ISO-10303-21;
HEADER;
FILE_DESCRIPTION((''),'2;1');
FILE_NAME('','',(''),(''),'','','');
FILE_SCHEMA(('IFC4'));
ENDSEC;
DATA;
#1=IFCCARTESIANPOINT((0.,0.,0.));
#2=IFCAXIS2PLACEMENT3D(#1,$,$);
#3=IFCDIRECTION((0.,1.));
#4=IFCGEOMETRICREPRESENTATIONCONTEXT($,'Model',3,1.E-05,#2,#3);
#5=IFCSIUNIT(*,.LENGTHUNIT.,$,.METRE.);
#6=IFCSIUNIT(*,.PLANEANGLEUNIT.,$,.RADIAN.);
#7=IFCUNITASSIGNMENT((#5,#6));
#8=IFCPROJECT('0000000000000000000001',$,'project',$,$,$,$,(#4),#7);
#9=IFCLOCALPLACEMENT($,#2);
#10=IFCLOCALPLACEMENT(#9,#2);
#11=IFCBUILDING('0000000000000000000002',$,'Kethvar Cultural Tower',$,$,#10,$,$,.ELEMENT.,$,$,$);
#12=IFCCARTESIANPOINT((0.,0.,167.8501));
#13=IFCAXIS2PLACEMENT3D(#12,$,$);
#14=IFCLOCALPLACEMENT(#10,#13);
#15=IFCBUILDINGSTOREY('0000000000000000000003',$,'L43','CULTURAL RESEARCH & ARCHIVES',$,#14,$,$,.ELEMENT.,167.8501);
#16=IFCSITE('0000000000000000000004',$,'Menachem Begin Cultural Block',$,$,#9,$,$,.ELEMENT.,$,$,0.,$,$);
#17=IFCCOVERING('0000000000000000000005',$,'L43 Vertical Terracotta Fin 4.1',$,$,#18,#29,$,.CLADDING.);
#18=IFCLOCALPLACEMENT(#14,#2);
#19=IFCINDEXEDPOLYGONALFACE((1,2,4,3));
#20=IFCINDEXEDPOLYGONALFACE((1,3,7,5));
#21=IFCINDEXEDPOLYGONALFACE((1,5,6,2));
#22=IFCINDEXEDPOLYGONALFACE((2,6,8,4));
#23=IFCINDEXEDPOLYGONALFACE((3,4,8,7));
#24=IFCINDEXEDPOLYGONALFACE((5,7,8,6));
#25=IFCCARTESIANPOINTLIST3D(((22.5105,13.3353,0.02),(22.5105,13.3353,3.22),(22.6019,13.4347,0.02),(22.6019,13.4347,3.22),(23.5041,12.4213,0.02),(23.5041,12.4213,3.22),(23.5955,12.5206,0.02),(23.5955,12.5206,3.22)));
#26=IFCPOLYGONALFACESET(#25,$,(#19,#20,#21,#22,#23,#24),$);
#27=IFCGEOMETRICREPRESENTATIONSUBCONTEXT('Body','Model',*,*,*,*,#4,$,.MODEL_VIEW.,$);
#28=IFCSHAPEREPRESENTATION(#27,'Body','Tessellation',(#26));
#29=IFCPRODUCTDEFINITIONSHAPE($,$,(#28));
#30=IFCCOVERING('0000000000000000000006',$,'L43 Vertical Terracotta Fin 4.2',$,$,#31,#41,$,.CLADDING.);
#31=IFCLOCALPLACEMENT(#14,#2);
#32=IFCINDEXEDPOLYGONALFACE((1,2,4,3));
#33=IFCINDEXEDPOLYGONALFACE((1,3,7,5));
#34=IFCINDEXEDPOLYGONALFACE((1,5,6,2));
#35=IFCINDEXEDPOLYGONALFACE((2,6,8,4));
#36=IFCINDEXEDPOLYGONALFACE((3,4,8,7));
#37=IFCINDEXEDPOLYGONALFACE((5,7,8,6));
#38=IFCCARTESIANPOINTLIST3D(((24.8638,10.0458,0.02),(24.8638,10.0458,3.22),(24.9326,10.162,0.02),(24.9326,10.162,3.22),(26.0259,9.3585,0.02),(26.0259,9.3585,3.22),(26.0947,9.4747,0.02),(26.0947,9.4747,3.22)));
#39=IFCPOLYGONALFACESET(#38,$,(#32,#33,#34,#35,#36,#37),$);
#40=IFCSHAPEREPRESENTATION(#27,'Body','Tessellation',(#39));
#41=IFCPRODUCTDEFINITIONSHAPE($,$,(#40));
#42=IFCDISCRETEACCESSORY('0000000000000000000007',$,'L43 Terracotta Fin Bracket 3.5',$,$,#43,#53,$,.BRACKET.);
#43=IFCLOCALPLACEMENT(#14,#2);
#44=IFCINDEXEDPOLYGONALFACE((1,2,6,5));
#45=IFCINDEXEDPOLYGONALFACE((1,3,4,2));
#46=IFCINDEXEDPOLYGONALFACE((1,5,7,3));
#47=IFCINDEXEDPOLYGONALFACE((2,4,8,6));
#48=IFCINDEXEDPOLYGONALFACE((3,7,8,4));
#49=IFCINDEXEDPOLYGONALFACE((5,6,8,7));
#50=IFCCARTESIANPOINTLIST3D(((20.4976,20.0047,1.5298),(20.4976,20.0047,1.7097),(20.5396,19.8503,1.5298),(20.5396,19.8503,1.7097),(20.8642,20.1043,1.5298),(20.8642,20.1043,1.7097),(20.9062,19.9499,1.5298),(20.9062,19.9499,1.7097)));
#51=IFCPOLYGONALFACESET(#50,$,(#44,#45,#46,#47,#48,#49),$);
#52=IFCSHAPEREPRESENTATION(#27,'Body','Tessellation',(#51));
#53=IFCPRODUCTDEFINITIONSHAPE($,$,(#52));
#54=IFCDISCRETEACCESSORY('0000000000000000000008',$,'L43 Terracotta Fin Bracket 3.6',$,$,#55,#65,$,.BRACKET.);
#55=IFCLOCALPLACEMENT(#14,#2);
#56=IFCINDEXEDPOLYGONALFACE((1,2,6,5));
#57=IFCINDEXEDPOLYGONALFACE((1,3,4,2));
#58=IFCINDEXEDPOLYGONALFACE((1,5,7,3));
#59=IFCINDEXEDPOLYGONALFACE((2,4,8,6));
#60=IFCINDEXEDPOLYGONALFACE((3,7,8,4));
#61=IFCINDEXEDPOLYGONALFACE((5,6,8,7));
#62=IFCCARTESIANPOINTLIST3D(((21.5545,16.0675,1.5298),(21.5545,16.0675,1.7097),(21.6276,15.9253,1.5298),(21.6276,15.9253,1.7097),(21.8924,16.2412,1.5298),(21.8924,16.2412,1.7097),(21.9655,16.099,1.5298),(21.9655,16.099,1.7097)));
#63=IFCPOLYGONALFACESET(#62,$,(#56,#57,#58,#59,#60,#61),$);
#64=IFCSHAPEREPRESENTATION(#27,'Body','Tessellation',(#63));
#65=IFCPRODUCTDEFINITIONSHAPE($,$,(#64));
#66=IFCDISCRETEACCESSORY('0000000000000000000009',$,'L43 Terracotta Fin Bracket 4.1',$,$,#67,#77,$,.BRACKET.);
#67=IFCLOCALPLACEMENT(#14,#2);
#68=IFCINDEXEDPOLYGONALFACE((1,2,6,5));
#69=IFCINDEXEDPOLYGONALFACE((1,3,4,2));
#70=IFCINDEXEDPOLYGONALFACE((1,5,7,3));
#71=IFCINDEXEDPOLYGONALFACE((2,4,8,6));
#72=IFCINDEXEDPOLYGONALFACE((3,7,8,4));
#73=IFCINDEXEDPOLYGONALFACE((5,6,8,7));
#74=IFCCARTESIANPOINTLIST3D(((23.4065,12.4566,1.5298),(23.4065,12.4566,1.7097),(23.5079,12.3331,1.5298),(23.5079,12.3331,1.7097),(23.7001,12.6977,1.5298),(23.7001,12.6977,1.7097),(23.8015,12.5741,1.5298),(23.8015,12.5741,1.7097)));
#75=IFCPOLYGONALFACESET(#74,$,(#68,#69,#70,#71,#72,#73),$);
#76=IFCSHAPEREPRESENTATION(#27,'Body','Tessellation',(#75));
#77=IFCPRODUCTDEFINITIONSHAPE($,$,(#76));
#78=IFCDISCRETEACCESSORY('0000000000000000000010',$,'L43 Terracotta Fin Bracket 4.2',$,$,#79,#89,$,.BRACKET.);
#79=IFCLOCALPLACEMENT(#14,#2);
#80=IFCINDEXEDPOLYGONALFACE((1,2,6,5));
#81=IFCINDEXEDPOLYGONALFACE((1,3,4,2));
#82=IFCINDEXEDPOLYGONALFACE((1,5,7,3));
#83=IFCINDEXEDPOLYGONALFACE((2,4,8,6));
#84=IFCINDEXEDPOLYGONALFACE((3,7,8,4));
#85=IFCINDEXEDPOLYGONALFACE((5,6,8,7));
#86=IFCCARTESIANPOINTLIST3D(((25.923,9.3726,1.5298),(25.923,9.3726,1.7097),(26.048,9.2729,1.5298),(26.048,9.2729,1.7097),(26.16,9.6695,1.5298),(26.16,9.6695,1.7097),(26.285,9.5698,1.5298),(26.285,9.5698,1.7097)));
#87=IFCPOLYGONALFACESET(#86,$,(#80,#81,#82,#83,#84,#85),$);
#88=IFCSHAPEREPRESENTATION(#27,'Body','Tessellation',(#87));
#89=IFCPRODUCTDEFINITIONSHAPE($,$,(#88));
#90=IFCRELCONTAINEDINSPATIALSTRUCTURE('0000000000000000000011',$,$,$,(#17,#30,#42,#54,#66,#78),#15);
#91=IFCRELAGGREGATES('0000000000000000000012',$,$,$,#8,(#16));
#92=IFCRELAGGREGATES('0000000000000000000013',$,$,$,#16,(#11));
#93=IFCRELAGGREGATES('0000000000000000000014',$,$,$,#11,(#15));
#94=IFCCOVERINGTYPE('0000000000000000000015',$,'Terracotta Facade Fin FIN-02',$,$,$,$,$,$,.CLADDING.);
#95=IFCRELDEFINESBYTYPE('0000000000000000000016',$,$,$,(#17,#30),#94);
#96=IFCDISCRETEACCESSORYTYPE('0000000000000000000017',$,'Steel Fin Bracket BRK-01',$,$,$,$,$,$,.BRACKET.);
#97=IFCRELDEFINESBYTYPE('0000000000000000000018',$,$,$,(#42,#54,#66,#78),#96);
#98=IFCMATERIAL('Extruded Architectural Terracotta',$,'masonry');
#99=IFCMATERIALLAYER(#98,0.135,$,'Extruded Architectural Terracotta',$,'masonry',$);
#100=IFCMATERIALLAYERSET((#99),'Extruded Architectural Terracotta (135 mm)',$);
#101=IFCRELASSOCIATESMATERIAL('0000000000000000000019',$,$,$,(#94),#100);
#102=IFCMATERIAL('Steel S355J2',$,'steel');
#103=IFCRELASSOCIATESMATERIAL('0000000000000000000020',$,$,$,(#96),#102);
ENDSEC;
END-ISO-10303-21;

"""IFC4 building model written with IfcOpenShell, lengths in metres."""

from ifc_helpers import new_model, si_unit, direction, frame, origin, origin_2d, place, context, subcontext, project, spatial, rectangle, extrude, source, transform, mapped, material, layer, layer_set, type_object, element, save


model = new_model("IFC4")

# Units and contexts
model_context = context("Model", 3, precision=1e-05, world=origin(), true_north=direction((0.0, 1.0)))
body_context = subcontext(model_context, "Body", "Model", "MODEL_VIEW")
ifc_project = project(units=[si_unit("LENGTHUNIT", "METRE"), si_unit("PLANEANGLEUNIT", "RADIAN")], contexts=[model_context])

# Site, building, storey
site_placement = place(None, origin())
site = spatial("IfcSite", under=ifc_project, at=site_placement, Name="Menachem Begin Cultural Block", CompositionType="ELEMENT", RefElevation=0.0)
building_placement = place(site_placement, origin())
building = spatial("IfcBuilding", under=site, at=building_placement, Name="Kethvar Cultural Tower", CompositionType="ELEMENT")
storey_placement = place(building_placement, frame((0.0, 0.0, 167.8501)))
storey = spatial("IfcBuildingStorey", under=building, at=storey_placement, Name="L43", Description="CULTURAL RESEARCH & ARCHIVES", CompositionType="ELEMENT", Elevation=167.8501)

# Shared definitions
ifc_material_1 = material(Name="Steel S355J2", Category="steel")

# Coverings
ifc_material_2 = material(Name="Extruded Architectural Terracotta", Category="masonry")
ifc_layer_1 = layer(ifc_material_2, 0.135, Name="Extruded Architectural Terracotta", Category="masonry")
ifc_layer_set_1 = layer_set([ifc_layer_1], Name="Extruded Architectural Terracotta (135 mm)")
covering_type = type_object("IfcCoveringType", Name="Terracotta Facade Fin FIN-02", PredefinedType="CLADDING", material=ifc_layer_set_1)
shared_shape_1 = source(origin(), body_context, "Body", "SweptSolid", [
    extrude(rectangle(XDim=1.3501, YDim=0.135, at=origin_2d()), origin(), (0.0, 0.0, 1.0), 3.2),
])
for number, where, z_axis, x_axis, name in (
    (1, (23.053, 12.928, 0.02), (0.0, 0.0, 1.0), (-0.735979, 0.677004, 0.0), "L43 Vertical Terracotta Fin 4.1"),
    (2, (25.4792, 9.7603, 0.02), (0.0, 0.0, 1.0), (-0.860742, 0.509041, 0.0), "L43 Vertical Terracotta Fin 4.2"),
):
    element("IfcCovering", number, at=place(storey_placement, frame(where, z_axis=z_axis, x_axis=x_axis)), inside=storey, type_object=covering_type, Name=name, PredefinedType="CLADDING", context=body_context, shape_type="MappedRepresentation", body=[
        mapped(shared_shape_1, transform((0.0, 0.0, 0.0), scale=1.0)),
    ])

# Discrete accessories
discrete_accessory_type = type_object("IfcDiscreteAccessoryType", Name="Steel Fin Bracket BRK-01", PredefinedType="BRACKET", material=ifc_material_1)
shared_shape_2 = source(origin(), body_context, "Body", "SweptSolid", [
    extrude(rectangle(XDim=0.3799, YDim=0.1599, at=origin_2d()), origin(), (0.0, 0.0, 1.0), 0.1799),
])
for number, where, z_axis, x_axis, name in (
    (3, (20.7019, 19.9773, 1.5298), (0.0, 0.0, 1.0), (-0.965016, -0.262189, 0.0), "L43 Terracotta Fin Bracket 3.5"),
    (4, (21.76, 16.0833, 1.5298), (0.0, 0.0, 1.0), (-0.889337, -0.457253, 0.0), "L43 Terracotta Fin Bracket 3.6"),
    (5, (23.604, 12.5154, 1.5298), (0.0, 0.0, 1.0), (-0.772844, -0.634596, 0.0), "L43 Terracotta Fin Bracket 4.1"),
    (6, (26.104, 9.4712, 1.5298), (0.0, 0.0, 1.0), (-0.62388, -0.78152, 0.0), "L43 Terracotta Fin Bracket 4.2"),
):
    element("IfcDiscreteAccessory", number, at=place(storey_placement, frame(where, z_axis=z_axis, x_axis=x_axis)), inside=storey, type_object=discrete_accessory_type, Name=name, PredefinedType="BRACKET", context=body_context, shape_type="MappedRepresentation", body=[
        mapped(shared_shape_2, transform((0.0, 0.0, 0.0), scale=1.0)),
    ])

save(model, "model.ifc")
